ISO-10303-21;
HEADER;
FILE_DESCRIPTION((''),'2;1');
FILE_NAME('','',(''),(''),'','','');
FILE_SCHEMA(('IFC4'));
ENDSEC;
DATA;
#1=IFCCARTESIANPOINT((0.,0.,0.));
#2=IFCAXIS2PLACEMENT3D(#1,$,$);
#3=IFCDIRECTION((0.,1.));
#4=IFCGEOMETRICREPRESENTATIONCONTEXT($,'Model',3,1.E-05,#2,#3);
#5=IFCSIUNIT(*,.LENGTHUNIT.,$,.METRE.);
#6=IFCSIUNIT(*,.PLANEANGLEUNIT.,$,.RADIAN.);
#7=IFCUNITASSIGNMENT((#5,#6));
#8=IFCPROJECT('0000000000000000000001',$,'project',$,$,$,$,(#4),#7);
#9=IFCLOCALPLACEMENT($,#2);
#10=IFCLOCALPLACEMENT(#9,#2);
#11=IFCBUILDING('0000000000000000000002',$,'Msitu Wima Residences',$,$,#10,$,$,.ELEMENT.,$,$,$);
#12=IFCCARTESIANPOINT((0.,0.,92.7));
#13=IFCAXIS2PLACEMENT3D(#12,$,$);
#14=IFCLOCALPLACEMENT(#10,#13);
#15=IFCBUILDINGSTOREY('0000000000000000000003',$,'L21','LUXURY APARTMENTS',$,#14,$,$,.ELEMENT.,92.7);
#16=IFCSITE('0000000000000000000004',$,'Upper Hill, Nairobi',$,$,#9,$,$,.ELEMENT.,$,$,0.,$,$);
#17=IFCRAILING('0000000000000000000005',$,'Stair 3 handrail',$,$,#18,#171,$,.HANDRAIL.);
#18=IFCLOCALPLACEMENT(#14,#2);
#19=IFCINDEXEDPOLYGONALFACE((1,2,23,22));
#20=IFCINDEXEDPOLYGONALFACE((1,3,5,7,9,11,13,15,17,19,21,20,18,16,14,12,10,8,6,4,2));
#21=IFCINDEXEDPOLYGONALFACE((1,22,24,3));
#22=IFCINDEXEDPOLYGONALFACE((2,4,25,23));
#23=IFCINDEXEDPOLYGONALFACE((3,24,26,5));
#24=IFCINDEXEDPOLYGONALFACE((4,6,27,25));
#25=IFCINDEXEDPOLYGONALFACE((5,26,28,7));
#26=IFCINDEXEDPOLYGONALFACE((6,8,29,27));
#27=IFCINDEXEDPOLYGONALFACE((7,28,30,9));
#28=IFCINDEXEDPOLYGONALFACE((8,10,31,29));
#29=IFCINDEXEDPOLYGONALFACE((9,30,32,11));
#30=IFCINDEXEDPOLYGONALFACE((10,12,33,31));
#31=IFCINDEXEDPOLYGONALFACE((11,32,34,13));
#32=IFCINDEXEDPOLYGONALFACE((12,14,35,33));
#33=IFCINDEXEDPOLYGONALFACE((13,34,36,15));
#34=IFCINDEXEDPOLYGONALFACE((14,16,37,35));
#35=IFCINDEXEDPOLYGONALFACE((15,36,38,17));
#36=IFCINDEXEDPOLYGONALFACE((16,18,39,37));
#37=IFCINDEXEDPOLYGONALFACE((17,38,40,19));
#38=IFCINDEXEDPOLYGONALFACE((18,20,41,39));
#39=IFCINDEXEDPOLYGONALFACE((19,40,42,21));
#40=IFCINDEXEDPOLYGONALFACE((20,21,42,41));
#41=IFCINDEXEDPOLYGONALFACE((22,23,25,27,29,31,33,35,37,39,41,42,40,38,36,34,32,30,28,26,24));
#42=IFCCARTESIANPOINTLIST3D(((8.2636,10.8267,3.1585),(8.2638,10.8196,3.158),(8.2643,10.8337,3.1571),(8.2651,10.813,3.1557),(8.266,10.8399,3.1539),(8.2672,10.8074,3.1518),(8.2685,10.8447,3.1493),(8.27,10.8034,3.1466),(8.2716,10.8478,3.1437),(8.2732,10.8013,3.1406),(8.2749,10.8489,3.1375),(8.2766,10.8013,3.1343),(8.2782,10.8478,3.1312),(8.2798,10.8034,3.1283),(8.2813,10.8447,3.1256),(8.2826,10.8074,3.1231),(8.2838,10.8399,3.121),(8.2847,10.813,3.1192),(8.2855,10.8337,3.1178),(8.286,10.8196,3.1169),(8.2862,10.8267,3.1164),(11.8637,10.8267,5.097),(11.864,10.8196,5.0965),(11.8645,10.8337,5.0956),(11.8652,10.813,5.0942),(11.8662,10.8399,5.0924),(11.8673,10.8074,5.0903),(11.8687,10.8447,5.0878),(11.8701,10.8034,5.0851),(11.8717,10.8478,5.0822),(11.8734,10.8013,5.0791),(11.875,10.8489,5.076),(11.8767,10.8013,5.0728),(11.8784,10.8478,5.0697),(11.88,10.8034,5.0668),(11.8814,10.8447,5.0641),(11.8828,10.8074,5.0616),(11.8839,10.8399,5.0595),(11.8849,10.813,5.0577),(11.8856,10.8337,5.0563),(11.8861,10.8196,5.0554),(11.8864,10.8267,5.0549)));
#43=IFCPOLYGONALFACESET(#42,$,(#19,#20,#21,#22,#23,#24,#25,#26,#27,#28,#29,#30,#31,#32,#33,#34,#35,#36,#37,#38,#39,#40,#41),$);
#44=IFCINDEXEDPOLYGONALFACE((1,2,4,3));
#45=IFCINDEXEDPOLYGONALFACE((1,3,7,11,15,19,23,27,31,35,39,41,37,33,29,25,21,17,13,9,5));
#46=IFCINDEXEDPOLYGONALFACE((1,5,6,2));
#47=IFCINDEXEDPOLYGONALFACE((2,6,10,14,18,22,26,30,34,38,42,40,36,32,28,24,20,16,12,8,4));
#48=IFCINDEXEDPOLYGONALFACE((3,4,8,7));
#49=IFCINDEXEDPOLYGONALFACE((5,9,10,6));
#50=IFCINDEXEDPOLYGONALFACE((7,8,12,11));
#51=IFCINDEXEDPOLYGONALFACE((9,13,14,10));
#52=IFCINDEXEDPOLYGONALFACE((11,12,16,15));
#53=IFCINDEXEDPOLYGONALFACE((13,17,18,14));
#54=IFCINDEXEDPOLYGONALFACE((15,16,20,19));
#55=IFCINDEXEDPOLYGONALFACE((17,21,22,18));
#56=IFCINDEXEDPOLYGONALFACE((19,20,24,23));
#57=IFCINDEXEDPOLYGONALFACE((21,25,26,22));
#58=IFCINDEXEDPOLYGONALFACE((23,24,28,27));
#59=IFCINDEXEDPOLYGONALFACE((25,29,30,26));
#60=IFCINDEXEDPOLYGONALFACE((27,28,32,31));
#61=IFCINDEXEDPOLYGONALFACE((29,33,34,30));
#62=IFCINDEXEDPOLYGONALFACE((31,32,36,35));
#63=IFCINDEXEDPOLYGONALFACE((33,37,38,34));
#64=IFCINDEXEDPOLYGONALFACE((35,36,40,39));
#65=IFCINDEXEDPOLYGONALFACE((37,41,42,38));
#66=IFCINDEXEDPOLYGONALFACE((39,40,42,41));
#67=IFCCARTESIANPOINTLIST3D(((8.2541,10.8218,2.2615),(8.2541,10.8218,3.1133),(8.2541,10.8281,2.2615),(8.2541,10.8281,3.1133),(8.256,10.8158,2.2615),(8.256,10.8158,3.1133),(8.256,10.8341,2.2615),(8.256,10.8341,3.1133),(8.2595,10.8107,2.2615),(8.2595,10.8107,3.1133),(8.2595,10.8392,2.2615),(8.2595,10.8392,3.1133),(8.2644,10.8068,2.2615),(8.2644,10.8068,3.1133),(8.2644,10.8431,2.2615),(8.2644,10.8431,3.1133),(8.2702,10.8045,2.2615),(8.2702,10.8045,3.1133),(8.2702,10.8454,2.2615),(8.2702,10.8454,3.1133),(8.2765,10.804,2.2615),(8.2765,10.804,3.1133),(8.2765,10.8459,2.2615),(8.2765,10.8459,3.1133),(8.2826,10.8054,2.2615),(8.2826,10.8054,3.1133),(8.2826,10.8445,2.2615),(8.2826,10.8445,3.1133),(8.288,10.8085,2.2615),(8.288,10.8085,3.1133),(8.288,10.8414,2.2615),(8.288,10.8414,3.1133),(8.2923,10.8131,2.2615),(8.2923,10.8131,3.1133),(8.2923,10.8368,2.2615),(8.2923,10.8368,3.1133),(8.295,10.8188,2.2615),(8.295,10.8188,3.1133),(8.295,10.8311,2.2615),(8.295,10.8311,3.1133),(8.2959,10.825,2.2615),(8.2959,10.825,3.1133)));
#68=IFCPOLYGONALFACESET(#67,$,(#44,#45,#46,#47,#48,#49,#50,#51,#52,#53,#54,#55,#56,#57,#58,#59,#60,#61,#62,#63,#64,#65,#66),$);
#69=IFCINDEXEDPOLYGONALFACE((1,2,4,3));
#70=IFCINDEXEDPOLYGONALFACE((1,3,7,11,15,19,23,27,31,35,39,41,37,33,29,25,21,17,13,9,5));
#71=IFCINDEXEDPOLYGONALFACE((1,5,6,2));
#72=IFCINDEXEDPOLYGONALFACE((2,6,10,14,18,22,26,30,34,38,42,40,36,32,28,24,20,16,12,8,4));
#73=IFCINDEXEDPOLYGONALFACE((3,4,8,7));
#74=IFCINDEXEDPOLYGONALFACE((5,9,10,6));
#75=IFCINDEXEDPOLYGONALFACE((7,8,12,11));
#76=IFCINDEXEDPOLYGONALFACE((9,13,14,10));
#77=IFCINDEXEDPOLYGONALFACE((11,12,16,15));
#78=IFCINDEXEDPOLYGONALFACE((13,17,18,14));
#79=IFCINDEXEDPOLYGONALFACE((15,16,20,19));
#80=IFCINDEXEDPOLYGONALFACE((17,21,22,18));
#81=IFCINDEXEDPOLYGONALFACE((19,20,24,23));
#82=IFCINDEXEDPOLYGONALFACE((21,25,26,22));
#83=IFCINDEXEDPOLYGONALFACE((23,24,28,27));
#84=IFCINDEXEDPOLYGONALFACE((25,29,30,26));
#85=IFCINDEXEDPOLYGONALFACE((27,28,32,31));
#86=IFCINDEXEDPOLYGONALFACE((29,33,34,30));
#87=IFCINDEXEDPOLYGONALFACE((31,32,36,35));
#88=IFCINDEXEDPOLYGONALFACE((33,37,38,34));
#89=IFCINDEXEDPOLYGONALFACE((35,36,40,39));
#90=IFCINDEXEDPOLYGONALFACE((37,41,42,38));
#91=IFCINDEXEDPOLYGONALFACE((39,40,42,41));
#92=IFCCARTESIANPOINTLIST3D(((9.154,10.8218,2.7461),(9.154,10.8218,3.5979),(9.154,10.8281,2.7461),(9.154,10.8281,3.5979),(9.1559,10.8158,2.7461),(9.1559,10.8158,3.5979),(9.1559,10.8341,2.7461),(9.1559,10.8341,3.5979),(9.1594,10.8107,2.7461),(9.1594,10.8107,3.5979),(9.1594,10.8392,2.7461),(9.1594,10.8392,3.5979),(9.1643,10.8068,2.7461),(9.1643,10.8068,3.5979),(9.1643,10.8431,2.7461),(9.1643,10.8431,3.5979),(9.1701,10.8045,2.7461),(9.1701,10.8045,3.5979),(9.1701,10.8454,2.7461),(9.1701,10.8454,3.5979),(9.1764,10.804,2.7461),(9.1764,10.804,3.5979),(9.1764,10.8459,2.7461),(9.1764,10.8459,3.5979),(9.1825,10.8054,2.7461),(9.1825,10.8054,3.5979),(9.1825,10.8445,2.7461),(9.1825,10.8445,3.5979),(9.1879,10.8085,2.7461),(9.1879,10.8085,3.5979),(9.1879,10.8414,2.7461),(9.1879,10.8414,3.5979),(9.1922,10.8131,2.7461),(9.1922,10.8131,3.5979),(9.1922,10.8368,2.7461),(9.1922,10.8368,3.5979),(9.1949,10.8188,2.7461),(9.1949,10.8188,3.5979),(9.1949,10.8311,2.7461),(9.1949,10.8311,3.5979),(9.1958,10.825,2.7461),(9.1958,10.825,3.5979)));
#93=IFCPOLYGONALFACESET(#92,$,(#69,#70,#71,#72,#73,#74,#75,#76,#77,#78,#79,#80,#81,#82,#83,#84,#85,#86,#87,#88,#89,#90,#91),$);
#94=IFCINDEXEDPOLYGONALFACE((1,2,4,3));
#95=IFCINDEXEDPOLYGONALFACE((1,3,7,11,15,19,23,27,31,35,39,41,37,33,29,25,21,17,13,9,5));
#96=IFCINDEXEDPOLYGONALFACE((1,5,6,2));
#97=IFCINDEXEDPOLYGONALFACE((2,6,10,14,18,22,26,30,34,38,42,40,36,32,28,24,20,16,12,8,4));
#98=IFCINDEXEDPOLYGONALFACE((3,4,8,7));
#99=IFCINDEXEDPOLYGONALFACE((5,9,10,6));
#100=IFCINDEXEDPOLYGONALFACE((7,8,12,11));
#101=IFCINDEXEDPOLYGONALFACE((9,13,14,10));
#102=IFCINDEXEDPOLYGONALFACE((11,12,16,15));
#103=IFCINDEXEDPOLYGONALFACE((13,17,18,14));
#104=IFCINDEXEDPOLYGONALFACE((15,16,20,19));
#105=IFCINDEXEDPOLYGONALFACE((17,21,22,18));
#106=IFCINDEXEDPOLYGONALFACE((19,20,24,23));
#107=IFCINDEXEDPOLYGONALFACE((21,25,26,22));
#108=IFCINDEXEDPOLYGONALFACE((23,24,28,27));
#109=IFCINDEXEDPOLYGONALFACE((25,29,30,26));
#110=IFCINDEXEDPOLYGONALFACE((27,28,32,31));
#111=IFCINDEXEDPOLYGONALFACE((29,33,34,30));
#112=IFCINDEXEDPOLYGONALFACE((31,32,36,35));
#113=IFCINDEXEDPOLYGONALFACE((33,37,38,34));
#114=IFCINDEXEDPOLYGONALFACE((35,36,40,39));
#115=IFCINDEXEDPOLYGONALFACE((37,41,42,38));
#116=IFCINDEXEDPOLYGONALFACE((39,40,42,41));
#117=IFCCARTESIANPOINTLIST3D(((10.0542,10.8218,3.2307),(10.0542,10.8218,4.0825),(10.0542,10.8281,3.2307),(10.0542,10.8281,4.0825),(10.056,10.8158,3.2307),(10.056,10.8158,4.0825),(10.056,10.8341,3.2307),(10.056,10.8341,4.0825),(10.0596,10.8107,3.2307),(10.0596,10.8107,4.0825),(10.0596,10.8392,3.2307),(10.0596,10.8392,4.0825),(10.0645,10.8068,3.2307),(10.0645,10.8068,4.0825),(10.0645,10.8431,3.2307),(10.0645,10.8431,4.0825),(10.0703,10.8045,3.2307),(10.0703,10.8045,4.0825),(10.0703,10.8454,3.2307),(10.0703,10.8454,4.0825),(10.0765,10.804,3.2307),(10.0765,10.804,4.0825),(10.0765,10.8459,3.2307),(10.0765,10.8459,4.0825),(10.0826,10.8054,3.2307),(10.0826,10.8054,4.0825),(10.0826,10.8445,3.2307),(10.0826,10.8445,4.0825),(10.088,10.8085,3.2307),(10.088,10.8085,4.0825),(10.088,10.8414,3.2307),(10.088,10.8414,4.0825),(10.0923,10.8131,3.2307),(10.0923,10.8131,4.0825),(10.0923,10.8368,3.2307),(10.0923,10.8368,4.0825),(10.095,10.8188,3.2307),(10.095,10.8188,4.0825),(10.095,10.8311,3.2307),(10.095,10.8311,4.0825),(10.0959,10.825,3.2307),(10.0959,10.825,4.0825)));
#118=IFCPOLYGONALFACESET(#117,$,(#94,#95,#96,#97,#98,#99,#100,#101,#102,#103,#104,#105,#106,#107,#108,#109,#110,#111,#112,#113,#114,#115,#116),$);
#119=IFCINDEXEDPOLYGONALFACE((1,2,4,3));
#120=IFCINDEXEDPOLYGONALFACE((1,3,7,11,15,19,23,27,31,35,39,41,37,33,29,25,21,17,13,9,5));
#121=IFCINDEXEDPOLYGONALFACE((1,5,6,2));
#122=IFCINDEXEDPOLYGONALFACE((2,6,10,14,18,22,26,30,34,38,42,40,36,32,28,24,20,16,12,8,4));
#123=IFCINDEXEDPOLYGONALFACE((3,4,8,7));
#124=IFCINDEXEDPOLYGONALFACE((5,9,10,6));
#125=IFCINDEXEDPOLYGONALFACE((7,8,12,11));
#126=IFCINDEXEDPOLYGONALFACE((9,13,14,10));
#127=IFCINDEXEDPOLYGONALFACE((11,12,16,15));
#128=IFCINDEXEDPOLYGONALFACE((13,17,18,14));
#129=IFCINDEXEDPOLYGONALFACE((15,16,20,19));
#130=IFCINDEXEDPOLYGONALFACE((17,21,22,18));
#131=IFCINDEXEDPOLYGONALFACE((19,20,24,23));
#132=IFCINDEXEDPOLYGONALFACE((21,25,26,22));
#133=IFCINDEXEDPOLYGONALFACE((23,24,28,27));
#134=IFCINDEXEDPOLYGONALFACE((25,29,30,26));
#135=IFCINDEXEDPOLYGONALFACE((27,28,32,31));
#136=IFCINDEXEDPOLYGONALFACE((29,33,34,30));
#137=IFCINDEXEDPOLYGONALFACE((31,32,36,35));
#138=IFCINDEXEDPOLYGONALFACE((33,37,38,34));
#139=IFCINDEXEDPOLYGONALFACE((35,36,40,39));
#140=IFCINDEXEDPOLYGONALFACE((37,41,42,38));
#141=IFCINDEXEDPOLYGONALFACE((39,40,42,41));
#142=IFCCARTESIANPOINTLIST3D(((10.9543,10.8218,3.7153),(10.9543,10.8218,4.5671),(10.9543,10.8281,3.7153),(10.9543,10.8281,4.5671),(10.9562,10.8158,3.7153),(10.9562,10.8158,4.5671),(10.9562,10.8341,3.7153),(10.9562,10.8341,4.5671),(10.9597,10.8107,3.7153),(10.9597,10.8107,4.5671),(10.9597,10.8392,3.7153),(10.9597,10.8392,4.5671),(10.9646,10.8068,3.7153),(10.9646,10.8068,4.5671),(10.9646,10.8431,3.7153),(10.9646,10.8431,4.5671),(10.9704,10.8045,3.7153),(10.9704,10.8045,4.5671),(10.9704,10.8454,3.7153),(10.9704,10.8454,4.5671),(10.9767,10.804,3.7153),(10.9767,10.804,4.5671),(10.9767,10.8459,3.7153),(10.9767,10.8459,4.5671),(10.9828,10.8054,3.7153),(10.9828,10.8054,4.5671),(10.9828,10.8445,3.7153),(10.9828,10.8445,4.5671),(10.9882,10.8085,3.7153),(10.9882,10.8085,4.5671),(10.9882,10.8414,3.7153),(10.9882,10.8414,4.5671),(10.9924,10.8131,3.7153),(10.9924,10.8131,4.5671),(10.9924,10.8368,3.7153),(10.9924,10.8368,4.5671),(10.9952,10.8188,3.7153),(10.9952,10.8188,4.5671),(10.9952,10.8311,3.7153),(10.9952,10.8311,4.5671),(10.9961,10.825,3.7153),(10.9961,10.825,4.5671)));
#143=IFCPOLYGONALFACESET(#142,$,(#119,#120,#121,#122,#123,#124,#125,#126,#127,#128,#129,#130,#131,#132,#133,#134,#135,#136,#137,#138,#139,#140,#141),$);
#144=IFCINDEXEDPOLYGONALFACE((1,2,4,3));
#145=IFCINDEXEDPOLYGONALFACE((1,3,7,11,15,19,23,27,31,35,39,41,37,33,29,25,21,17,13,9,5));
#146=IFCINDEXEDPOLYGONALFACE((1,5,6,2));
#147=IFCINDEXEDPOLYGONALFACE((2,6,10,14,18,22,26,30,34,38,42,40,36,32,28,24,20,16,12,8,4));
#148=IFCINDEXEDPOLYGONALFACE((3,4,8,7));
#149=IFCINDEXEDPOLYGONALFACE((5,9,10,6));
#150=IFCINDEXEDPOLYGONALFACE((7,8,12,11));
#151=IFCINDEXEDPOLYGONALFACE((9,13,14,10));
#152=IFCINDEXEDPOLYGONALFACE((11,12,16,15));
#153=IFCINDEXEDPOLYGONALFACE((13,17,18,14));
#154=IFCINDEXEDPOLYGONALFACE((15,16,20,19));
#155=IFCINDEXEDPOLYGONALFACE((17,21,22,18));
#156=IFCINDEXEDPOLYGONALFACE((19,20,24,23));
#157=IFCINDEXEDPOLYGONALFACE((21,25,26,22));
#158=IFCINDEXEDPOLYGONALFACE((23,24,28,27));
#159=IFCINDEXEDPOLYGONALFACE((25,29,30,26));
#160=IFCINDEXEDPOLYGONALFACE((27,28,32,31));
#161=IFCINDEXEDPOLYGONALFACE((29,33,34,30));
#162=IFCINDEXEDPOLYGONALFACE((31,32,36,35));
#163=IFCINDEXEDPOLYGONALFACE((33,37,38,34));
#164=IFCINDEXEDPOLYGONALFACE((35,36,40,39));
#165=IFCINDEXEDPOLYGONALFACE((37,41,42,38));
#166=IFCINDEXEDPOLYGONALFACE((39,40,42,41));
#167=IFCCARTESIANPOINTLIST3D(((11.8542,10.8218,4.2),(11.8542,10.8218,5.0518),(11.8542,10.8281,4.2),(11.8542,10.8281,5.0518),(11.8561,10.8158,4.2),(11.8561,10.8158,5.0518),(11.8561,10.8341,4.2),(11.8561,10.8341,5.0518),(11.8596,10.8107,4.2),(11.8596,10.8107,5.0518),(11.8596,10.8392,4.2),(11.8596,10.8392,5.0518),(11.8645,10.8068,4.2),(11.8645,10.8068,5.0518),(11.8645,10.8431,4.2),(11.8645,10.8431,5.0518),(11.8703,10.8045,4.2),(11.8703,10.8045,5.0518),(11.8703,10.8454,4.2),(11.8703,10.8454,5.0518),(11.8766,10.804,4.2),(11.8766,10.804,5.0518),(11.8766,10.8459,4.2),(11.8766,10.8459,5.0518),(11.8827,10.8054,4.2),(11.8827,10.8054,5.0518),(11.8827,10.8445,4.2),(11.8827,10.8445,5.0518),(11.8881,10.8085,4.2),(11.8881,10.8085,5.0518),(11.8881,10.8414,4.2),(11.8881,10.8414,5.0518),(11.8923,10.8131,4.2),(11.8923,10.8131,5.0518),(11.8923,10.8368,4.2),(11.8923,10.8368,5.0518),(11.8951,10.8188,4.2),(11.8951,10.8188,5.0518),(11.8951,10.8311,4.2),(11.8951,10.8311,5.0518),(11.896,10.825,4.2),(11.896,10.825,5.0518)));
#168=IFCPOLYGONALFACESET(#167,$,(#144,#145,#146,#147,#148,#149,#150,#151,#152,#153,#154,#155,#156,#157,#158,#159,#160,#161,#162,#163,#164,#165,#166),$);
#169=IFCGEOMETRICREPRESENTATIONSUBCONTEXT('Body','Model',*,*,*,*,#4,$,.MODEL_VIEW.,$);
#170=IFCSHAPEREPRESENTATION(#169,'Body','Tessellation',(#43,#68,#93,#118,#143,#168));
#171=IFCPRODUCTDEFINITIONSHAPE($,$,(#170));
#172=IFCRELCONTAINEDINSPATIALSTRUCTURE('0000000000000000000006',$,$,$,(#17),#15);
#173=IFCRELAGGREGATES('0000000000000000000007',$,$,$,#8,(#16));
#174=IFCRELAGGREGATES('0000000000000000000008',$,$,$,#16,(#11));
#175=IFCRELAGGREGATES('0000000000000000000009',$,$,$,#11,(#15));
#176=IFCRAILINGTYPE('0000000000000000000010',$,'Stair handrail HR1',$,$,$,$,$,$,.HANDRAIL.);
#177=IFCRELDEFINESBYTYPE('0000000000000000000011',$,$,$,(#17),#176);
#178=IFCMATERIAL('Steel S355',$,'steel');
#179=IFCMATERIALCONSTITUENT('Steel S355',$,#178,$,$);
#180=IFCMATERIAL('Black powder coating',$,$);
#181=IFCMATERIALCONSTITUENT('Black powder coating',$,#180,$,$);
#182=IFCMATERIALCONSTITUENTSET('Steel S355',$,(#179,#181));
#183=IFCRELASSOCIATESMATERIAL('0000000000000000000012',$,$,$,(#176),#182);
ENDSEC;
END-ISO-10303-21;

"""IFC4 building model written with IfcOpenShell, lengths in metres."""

from ifc_helpers import new_model, si_unit, direction, frame, origin, origin_2d, place, context, subcontext, project, spatial, circle, extrude, material, constituent, constituent_set, type_object, element, save


model = new_model("IFC4")

# Units and contexts
model_context = context("Model", 3, precision=1e-05, world=origin(), true_north=direction((0.0, 1.0)))
body_context = subcontext(model_context, "Body", "Model", "MODEL_VIEW")
ifc_project = project(units=[si_unit("LENGTHUNIT", "METRE"), si_unit("PLANEANGLEUNIT", "RADIAN")], contexts=[model_context])

# Site, building, storey
site_placement = place(None, origin())
site = spatial("IfcSite", under=ifc_project, at=site_placement, Name="Upper Hill, Nairobi", CompositionType="ELEMENT", RefElevation=0.0)
building_placement = place(site_placement, origin())
building = spatial("IfcBuilding", under=site, at=building_placement, Name="Msitu Wima Residences", CompositionType="ELEMENT")
storey_placement = place(building_placement, frame((0.0, 0.0, 92.7)))
storey = spatial("IfcBuildingStorey", under=building, at=storey_placement, Name="L21", Description="LUXURY APARTMENTS", CompositionType="ELEMENT", Elevation=92.7)

# Railing
ifc_material_1 = material(Name="Steel S355", Category="steel")
ifc_constituent_1 = constituent(ifc_material_1, Name="Steel S355")
ifc_material_2 = material(Name="Black powder coating")
ifc_constituent_2 = constituent(ifc_material_2, Name="Black powder coating")
ifc_constituent_set = constituent_set(constituents=[ifc_constituent_1, ifc_constituent_2], Name="Steel S355")
railing_type = type_object("IfcRailingType", Name="Stair handrail HR1", PredefinedType="HANDRAIL", material=ifc_constituent_set)
for number, where, name in (
    (1, (8.2749, 10.825, 2.2615), "Stair 3 handrail"),
):
    element("IfcRailing", number, at=place(storey_placement, frame(where)), inside=storey, type_object=railing_type, Name=name, PredefinedType="HANDRAIL", context=body_context, shape_type="SweptSolid", body=[
        extrude(circle(Radius=0.0239, at=origin_2d()), frame((0.0, 0.0, 0.876), z_axis=(0.880475, 0.0, 0.474093), x_axis=(0.0, 1.0, 0.0)), (0.0, 0.0, 1.0), 4.0889),
        extrude(circle(Radius=0.021, at=origin_2d()), origin(), (0.0, 0.0, 1.0), 0.8518),
        extrude(circle(Radius=0.021, at=origin_2d()), frame((0.8999, 0.0, 0.4846)), (0.0, 0.0, 1.0), 0.8518),
        extrude(circle(Radius=0.021, at=origin_2d()), frame((1.8, 0.0, 0.9692)), (0.0, 0.0, 1.0), 0.8518),
        extrude(circle(Radius=0.021, at=origin_2d()), frame((2.7002, 0.0, 1.4539)), (0.0, 0.0, 1.0), 0.8518),
        extrude(circle(Radius=0.021, at=origin_2d()), frame((3.6001, 0.0, 1.9385)), (0.0, 0.0, 1.0), 0.8518),
    ])

save(model, "model.ifc")
